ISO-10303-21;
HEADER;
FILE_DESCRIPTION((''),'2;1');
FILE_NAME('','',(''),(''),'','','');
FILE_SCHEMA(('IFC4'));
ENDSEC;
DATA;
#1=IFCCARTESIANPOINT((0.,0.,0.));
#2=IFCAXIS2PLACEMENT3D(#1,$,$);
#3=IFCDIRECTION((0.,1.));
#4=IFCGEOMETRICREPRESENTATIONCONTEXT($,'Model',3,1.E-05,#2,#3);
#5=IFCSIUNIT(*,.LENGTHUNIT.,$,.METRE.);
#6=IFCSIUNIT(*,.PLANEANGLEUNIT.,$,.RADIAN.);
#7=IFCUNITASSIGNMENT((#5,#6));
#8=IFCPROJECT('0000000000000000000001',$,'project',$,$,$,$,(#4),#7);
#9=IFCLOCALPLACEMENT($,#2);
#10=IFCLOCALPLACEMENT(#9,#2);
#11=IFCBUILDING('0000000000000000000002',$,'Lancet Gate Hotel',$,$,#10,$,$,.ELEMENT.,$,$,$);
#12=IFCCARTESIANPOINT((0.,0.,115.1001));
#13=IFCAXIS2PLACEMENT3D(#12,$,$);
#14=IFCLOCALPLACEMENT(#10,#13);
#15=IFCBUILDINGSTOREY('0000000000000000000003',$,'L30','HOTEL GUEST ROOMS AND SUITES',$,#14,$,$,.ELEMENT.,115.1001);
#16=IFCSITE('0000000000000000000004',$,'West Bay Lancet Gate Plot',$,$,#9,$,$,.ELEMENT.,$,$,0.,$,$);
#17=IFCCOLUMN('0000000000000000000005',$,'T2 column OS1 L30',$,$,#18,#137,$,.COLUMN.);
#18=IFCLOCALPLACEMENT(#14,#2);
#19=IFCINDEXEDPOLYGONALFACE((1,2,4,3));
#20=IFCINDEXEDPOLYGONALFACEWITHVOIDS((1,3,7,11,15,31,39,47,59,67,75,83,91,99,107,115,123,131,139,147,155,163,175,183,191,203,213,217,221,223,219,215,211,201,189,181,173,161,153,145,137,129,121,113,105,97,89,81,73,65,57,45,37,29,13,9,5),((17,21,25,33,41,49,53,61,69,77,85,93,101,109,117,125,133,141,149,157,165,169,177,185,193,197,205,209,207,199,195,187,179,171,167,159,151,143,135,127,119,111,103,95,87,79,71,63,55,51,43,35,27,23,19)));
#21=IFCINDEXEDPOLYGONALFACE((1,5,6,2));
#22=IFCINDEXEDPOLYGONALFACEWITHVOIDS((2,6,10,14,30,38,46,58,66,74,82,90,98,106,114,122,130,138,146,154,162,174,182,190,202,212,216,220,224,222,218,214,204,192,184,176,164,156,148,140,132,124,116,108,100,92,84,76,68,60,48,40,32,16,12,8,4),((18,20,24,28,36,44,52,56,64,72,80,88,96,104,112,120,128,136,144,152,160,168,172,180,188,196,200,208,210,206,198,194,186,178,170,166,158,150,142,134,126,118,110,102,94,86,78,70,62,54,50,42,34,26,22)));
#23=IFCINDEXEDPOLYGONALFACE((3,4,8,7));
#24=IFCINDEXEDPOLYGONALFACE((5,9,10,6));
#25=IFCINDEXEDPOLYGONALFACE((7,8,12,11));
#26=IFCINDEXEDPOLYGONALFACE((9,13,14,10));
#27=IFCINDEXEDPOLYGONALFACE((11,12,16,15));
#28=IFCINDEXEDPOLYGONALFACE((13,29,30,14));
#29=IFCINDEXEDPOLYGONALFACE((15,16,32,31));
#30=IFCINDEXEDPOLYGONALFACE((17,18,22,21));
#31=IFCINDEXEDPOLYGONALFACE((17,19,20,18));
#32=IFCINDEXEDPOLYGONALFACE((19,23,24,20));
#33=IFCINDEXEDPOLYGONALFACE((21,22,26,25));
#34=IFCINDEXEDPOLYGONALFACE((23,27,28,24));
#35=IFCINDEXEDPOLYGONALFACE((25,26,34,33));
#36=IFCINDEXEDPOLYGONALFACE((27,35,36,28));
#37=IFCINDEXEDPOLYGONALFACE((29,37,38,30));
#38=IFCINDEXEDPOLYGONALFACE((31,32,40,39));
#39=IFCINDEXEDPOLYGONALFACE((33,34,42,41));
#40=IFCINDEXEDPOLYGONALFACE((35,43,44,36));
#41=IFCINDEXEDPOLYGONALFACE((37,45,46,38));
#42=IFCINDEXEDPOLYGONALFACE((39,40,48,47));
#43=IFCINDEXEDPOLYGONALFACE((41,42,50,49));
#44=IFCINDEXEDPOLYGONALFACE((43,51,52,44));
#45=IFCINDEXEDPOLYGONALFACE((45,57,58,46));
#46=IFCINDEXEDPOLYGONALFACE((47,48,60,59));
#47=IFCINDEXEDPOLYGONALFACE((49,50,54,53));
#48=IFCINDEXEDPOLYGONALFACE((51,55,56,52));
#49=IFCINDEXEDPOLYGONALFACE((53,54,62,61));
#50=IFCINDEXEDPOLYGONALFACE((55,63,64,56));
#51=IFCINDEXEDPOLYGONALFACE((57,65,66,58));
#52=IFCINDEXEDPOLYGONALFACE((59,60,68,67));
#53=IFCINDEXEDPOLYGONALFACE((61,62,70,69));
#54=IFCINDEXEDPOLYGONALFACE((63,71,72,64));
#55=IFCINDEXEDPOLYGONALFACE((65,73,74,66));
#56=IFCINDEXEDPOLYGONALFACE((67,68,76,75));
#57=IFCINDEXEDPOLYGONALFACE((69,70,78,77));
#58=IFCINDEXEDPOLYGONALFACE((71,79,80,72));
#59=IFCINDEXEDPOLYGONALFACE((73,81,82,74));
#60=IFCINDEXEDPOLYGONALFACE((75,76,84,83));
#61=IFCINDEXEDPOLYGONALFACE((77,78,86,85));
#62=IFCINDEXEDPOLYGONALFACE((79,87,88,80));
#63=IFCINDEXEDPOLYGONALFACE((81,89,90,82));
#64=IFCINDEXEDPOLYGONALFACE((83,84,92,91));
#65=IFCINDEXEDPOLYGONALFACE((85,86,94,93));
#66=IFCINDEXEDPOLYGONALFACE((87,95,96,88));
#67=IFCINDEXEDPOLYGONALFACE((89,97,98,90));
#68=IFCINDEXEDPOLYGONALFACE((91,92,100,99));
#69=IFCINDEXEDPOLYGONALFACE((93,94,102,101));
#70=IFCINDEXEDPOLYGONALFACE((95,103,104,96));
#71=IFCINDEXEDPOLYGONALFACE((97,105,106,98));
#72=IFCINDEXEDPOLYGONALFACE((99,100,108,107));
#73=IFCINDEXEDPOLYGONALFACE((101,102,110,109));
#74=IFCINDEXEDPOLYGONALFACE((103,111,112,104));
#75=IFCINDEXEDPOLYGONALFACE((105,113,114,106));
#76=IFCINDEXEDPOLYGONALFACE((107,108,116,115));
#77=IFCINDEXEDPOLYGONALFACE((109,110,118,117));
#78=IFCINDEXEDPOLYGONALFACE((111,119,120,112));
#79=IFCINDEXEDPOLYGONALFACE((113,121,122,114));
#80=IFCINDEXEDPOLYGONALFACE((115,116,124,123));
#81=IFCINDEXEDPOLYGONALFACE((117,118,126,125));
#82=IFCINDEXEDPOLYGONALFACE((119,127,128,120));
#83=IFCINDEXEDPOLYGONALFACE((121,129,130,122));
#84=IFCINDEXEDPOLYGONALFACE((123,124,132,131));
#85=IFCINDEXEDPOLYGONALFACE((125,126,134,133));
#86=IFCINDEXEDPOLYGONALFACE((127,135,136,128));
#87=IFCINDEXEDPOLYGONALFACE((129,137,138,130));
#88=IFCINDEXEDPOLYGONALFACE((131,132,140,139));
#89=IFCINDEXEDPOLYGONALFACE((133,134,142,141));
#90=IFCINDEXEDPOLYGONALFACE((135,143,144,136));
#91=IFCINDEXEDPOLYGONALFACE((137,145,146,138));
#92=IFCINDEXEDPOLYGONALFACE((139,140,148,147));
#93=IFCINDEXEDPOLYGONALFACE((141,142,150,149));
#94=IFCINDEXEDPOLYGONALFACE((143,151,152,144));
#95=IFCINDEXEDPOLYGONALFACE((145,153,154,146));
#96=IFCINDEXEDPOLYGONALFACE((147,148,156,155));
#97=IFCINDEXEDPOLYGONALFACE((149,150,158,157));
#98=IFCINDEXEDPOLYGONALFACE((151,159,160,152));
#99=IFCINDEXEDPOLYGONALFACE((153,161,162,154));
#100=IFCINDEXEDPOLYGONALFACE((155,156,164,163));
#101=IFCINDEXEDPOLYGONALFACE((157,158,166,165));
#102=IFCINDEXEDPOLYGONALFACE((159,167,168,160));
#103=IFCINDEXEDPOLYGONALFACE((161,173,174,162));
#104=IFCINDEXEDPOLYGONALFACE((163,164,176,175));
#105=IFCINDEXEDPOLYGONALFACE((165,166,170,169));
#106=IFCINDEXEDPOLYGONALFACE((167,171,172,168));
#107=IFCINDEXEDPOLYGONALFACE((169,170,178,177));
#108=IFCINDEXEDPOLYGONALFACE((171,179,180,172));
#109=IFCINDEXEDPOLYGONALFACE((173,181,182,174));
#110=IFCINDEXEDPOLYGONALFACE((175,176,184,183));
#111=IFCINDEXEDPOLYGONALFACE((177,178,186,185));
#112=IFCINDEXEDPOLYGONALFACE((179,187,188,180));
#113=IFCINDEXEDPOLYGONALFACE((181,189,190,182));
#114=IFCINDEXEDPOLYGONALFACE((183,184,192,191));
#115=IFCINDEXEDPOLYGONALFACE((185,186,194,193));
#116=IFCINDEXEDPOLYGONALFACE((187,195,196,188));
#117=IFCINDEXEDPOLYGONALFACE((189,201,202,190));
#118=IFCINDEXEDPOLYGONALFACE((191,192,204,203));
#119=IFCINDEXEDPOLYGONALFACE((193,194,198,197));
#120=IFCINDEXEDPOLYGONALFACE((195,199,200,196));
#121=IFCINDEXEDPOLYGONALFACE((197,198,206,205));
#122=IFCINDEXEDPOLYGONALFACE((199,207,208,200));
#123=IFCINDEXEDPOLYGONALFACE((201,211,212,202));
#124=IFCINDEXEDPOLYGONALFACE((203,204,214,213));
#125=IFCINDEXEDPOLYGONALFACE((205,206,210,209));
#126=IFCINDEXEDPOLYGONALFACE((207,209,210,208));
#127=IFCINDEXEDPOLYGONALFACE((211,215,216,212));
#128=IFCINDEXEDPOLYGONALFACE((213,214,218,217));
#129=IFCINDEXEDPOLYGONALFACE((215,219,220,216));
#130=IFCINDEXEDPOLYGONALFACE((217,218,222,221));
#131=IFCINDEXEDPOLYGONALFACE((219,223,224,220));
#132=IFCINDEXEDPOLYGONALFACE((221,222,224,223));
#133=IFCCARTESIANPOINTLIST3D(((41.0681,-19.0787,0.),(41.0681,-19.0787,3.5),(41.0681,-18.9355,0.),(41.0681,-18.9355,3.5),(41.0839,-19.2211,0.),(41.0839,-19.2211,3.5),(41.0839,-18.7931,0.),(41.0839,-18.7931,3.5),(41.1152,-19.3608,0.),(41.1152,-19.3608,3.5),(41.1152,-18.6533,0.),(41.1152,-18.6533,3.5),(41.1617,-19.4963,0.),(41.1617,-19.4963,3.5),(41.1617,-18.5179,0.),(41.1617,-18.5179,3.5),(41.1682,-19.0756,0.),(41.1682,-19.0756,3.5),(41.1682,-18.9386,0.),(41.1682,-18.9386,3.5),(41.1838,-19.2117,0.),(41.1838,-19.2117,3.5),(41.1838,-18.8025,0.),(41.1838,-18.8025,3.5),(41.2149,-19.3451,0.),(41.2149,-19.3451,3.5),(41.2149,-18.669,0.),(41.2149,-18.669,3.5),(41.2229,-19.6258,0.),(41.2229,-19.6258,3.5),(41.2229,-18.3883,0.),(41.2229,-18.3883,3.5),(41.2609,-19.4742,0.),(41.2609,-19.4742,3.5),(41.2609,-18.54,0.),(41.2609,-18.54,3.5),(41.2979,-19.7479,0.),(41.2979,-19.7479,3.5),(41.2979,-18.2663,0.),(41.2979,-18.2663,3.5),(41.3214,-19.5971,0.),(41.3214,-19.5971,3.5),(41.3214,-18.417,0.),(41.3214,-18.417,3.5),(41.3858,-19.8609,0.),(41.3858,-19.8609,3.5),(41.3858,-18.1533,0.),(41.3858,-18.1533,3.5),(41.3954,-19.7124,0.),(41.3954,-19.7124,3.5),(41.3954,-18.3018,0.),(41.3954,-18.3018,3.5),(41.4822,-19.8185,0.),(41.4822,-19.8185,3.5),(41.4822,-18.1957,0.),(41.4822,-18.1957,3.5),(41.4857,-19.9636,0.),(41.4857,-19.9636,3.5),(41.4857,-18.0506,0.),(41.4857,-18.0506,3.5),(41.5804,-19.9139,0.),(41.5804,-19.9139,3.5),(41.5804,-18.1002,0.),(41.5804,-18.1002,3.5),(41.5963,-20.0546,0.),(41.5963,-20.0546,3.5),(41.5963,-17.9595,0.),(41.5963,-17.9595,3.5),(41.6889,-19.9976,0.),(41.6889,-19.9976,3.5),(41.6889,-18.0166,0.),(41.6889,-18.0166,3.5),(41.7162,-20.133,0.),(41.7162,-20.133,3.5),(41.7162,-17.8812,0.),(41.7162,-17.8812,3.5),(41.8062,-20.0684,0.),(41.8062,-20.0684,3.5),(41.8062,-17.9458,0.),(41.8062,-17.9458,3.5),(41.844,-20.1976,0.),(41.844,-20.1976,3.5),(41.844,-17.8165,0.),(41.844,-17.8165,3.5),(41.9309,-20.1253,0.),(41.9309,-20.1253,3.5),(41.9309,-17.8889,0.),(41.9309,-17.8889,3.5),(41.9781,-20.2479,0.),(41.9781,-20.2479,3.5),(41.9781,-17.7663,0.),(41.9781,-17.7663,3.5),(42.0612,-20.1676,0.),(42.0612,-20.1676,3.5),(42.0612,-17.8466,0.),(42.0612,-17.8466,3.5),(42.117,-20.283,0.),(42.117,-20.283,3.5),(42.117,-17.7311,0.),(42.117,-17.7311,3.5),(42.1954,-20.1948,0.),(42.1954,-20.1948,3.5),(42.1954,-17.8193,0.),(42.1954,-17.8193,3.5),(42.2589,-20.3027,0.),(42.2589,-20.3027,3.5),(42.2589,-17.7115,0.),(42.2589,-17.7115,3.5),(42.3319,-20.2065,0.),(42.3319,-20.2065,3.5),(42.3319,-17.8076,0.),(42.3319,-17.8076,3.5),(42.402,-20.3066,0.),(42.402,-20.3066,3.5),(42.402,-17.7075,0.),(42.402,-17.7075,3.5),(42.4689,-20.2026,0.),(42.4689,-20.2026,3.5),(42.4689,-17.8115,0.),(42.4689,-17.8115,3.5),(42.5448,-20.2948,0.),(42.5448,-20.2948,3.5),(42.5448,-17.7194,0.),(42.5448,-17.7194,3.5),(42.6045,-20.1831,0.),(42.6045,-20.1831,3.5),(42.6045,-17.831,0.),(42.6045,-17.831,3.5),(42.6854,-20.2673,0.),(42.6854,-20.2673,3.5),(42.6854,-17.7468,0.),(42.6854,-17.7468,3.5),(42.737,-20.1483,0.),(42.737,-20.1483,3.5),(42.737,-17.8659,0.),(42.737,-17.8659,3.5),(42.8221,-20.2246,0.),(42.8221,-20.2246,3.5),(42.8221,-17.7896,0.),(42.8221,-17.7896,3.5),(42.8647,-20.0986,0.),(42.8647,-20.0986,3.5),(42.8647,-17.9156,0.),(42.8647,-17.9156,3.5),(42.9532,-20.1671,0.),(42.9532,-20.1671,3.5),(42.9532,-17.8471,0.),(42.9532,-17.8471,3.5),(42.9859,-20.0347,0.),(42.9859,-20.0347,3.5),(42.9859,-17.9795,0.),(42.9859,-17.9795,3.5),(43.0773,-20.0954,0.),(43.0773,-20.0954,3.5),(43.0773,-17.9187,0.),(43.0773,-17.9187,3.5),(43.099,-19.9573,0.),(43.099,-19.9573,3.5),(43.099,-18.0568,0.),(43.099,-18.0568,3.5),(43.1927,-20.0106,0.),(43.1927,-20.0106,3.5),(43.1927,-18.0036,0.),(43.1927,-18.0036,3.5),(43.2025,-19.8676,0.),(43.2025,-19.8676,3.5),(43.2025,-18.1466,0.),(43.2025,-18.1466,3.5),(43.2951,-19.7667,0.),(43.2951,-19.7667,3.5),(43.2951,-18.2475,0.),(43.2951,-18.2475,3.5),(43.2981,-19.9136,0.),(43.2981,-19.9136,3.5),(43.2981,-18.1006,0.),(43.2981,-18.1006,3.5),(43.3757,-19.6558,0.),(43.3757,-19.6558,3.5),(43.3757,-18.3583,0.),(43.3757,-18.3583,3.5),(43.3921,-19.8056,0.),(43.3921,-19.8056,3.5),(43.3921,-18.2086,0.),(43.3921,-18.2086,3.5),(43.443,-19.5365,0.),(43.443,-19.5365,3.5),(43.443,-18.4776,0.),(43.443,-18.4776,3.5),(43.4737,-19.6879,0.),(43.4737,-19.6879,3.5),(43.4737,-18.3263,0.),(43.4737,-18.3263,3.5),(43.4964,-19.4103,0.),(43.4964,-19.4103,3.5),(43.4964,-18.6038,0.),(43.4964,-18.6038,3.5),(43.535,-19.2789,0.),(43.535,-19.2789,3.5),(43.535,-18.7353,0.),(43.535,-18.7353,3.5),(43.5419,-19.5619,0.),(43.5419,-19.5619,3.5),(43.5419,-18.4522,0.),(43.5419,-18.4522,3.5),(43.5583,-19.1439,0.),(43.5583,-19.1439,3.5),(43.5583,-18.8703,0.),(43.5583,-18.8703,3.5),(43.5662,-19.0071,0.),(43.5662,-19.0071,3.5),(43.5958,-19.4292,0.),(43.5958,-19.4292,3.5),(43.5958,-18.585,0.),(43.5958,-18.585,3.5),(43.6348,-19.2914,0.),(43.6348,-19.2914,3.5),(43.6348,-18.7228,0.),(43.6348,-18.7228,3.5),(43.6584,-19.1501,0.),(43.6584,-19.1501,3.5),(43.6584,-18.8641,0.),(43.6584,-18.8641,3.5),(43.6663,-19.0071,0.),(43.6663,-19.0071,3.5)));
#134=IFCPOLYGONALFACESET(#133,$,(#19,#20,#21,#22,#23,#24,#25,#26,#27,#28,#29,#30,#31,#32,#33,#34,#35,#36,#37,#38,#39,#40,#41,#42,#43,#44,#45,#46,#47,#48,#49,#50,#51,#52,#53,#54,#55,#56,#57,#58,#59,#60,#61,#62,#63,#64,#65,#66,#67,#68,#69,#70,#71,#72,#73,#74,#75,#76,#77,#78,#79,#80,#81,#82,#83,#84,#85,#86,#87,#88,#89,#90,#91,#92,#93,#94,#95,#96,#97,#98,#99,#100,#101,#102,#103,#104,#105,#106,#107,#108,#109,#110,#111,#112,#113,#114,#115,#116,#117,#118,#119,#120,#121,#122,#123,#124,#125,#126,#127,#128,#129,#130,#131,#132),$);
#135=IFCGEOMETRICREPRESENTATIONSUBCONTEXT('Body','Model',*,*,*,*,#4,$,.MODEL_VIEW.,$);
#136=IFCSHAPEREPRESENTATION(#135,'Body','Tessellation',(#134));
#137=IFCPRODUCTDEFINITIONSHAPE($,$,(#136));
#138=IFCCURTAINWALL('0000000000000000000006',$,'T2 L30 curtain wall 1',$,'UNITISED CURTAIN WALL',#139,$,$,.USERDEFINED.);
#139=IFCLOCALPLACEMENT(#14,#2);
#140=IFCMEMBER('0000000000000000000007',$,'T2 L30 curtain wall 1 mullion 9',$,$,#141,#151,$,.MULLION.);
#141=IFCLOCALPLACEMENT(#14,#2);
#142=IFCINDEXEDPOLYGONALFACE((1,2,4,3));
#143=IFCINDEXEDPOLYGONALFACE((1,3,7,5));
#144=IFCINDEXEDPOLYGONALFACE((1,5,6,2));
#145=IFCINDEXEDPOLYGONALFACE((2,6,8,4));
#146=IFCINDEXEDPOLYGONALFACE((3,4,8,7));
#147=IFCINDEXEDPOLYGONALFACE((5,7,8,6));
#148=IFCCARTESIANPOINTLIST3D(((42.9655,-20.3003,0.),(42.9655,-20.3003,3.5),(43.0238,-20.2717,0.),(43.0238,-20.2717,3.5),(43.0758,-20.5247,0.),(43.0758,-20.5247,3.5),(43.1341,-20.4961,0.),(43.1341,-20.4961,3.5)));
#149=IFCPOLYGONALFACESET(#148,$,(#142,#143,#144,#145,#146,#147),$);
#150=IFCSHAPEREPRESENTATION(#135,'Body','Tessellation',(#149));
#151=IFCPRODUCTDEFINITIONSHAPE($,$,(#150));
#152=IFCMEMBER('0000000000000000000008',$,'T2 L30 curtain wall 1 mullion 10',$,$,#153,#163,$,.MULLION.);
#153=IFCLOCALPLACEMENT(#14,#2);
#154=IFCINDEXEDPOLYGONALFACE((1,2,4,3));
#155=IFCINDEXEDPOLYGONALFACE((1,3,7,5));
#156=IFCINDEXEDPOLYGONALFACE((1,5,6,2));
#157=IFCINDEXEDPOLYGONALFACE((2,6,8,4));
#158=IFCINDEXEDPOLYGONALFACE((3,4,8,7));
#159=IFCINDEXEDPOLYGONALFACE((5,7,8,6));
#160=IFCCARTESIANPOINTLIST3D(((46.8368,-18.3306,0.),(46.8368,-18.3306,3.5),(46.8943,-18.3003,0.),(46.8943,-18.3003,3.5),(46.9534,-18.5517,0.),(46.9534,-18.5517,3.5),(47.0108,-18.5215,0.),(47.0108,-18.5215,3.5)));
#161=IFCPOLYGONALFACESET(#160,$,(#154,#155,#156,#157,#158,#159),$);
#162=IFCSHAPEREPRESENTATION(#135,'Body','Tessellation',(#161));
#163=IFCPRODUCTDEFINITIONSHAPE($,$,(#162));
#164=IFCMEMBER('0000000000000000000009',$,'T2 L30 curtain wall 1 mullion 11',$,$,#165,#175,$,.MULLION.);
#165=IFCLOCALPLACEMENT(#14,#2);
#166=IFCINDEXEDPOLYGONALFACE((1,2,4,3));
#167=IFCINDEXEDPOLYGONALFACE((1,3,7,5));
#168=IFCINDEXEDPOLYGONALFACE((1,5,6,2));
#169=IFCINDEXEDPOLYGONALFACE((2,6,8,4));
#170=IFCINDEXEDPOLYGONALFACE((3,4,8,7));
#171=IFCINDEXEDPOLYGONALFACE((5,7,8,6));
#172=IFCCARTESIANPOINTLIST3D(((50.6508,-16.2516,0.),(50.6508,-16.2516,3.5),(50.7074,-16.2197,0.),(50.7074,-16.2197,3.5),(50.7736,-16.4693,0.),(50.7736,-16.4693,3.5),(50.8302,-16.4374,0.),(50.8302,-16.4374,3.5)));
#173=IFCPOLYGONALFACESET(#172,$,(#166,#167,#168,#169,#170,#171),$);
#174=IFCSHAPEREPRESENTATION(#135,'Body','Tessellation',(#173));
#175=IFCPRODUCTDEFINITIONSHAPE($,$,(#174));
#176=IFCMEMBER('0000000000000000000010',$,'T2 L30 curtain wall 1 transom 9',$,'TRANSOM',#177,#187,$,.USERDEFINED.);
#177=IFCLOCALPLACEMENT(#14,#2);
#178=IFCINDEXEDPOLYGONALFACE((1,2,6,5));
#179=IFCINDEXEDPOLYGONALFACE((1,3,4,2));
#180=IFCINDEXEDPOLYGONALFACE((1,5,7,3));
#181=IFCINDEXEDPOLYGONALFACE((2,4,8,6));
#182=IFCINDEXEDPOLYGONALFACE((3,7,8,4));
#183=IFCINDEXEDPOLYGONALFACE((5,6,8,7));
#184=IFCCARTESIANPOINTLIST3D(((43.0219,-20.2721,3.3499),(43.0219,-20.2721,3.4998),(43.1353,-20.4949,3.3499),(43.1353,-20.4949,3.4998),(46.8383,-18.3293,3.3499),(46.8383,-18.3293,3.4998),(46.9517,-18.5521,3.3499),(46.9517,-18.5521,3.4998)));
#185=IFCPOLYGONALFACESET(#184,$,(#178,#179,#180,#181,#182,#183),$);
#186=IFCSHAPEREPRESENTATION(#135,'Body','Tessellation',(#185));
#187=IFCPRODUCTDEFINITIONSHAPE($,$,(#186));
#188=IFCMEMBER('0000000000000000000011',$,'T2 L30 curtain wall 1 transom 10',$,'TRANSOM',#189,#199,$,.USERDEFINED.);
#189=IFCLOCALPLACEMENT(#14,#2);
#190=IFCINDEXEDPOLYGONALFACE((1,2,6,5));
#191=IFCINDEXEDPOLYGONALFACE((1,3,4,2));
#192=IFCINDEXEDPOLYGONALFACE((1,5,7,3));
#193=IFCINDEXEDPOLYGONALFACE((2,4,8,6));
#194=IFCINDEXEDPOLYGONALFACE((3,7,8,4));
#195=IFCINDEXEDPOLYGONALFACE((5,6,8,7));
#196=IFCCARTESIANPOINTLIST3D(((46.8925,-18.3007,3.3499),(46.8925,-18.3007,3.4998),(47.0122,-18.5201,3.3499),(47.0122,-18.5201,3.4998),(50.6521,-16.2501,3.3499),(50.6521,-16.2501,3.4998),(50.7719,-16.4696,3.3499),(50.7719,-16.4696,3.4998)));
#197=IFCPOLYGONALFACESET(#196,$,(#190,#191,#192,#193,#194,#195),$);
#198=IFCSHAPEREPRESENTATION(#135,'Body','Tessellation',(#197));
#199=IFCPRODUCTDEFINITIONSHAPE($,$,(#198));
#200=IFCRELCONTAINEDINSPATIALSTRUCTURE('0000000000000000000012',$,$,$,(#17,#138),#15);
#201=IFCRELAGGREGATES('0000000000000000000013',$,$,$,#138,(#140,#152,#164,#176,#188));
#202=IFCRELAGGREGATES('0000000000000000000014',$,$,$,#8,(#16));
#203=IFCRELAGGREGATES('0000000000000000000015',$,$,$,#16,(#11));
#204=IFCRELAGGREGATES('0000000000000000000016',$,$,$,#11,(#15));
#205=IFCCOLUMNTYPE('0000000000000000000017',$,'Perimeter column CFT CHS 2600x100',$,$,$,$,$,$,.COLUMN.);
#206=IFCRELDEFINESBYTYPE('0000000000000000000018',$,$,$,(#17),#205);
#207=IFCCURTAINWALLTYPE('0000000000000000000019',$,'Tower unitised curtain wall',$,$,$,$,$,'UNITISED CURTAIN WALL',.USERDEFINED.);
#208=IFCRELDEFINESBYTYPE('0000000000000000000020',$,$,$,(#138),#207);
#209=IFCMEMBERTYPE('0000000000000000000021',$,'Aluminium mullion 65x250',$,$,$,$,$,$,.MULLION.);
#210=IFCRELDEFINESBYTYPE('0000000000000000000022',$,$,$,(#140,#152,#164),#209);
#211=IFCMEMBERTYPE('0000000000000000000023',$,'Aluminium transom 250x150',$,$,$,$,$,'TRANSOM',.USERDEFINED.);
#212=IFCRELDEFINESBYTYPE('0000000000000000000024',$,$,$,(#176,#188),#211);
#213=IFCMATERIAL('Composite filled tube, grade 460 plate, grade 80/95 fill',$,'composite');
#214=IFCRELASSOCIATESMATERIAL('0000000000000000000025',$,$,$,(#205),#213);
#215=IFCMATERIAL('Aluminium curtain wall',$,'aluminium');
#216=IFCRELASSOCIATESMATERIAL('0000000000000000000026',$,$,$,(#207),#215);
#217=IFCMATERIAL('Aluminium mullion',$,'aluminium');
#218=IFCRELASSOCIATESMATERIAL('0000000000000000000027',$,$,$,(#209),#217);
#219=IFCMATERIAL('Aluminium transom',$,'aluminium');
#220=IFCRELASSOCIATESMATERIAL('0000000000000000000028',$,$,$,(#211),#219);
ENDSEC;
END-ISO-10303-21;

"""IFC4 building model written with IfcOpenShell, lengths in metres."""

from ifc_helpers import new_model, si_unit, direction, frame, origin, origin_2d, place, context, subcontext, project, spatial, rectangle, hollow_circle, extrude, material, material_profile, profile_set, type_object, element, aggregate, save


model = new_model("IFC4")

# Units and contexts
model_context = context("Model", 3, precision=1e-05, world=origin(), true_north=direction((0.0, 1.0)))
body_context = subcontext(model_context, "Body", "Model", "MODEL_VIEW")
ifc_project = project(units=[si_unit("LENGTHUNIT", "METRE"), si_unit("PLANEANGLEUNIT", "RADIAN")], contexts=[model_context])

# Site, building, storey
site_placement = place(None, origin())
site = spatial("IfcSite", under=ifc_project, at=site_placement, Name="West Bay Lancet Gate Plot", CompositionType="ELEMENT", RefElevation=0.0)
building_placement = place(site_placement, origin())
building = spatial("IfcBuilding", under=site, at=building_placement, Name="Lancet Gate Hotel", CompositionType="ELEMENT")
storey_placement = place(building_placement, frame((0.0, 0.0, 115.1001)))
storey = spatial("IfcBuildingStorey", under=building, at=storey_placement, Name="L30", Description="HOTEL GUEST ROOMS AND SUITES", CompositionType="ELEMENT", Elevation=115.1001)

# Column
ifc_material_1 = material(Name="Composite filled tube, grade 460 plate, grade 80/95 fill", Category="composite")
ifc_material_profile_1 = material_profile(ifc_material_1, hollow_circle(Radius=1.3, WallThickness=0.1001, at=origin_2d()), Name="CHS 2600x100")
ifc_profile_set_1 = profile_set([ifc_material_profile_1], Name="Composite filled tube, grade 460 plate, grade 80/95 fill")
column_type = type_object("IfcColumnType", Name="Perimeter column CFT CHS 2600x100", PredefinedType="COLUMN", material=ifc_profile_set_1)
column_placement = place(storey_placement, frame((42.3662, -19.0071, 0.0), z_axis=(0.0, 0.0, 1.0), x_axis=(1.0, 0.0, 0.0)))
element("IfcColumn", 1, at=column_placement, inside=storey, type_object=column_type, Name="T2 column OS1 L30", PredefinedType="COLUMN", context=body_context, shape_type="SweptSolid", body=[
    extrude(hollow_circle(Radius=1.3, WallThickness=0.1001, at=origin_2d()), origin(), (0.0, 0.0, 1.0), 3.5),
])

# Curtain wall, members
ifc_material_2 = material(Name="Aluminium curtain wall", Category="aluminium")
curtain_wall_type = type_object("IfcCurtainWallType", Name="Tower unitised curtain wall", ElementType="UNITISED CURTAIN WALL", PredefinedType="USERDEFINED", material=ifc_material_2)
curtain_wall_placement = place(storey_placement, origin())
curtain_wall = element("IfcCurtainWall", 2, at=curtain_wall_placement, inside=storey, type_object=curtain_wall_type, Name="T2 L30 curtain wall 1", ObjectType="UNITISED CURTAIN WALL", PredefinedType="USERDEFINED")
ifc_material_3 = material(Name="Aluminium mullion", Category="aluminium")
ifc_material_profile_2 = material_profile(ifc_material_3, rectangle(XDim=0.0649, YDim=0.25, at=origin_2d()), Name="MULLION 65x250")
ifc_profile_set_2 = profile_set([ifc_material_profile_2], Name="Aluminium mullion")
member_type_1 = type_object("IfcMemberType", Name="Aluminium mullion 65x250", PredefinedType="MULLION", material=ifc_profile_set_2)
member_1_placement = place(storey_placement, frame((43.0498, -20.3982, 0.0), z_axis=(0.0, 0.0, 1.0), x_axis=(0.897512, 0.44099, 0.0)))
member_1 = element("IfcMember", 3, at=member_1_placement, type_object=member_type_1, Name="T2 L30 curtain wall 1 mullion 9", PredefinedType="MULLION", context=body_context, shape_type="SweptSolid", body=[
    extrude(rectangle(XDim=0.0649, YDim=0.25, at=origin_2d()), origin(), (0.0, 0.0, 1.0), 3.5),
])
member_2_placement = place(storey_placement, frame((46.9238, -18.426, 0.0), z_axis=(0.0, 0.0, 1.0), x_axis=(0.884627, 0.466299, 0.0)))
member_2 = element("IfcMember", 4, at=member_2_placement, type_object=member_type_1, Name="T2 L30 curtain wall 1 mullion 10", PredefinedType="MULLION", context=body_context, shape_type="SweptSolid", body=[
    extrude(rectangle(XDim=0.0649, YDim=0.25, at=origin_2d()), origin(), (0.0, 0.0, 1.0), 3.5),
])
member_3_placement = place(storey_placement, frame((50.7405, -16.3445, 0.0), z_axis=(0.0, 0.0, 1.0), x_axis=(0.871029, 0.491232, 0.0)))
member_3 = element("IfcMember", 5, at=member_3_placement, type_object=member_type_1, Name="T2 L30 curtain wall 1 mullion 11", PredefinedType="MULLION", context=body_context, shape_type="SweptSolid", body=[
    extrude(rectangle(XDim=0.0649, YDim=0.25, at=origin_2d()), origin(), (0.0, 0.0, 1.0), 3.5),
])
ifc_material_4 = material(Name="Aluminium transom", Category="aluminium")
ifc_material_profile_3 = material_profile(ifc_material_4, rectangle(XDim=0.25, YDim=0.1499, at=origin_2d()), Name="TRANSOM 250x150")
ifc_profile_set_3 = profile_set([ifc_material_profile_3], Name="Aluminium transom")
member_type_2 = type_object("IfcMemberType", Name="Aluminium transom 250x150", ElementType="TRANSOM", PredefinedType="USERDEFINED", material=ifc_profile_set_3)
member_4_placement = place(storey_placement, frame((43.0786, -20.3835, 3.4248), z_axis=(0.891166, 0.453678, 0.0), x_axis=(-0.453678, 0.891166, 0.0)))
member_4 = element("IfcMember", 6, at=member_4_placement, type_object=member_type_2, Name="T2 L30 curtain wall 1 transom 9", ObjectType="TRANSOM", PredefinedType="USERDEFINED", context=body_context, shape_type="SweptSolid", body=[
    extrude(rectangle(XDim=0.25, YDim=0.1499, at=origin_2d()), origin(), (0.0, 0.0, 1.0), 4.2825),
])
member_5_placement = place(storey_placement, frame((46.9524, -18.4104, 3.4248), z_axis=(0.877906, 0.478832, 0.0), x_axis=(-0.478832, 0.877906, 0.0)))
member_5 = element("IfcMember", 7, at=member_5_placement, type_object=member_type_2, Name="T2 L30 curtain wall 1 transom 10", ObjectType="TRANSOM", PredefinedType="USERDEFINED", context=body_context, shape_type="SweptSolid", body=[
    extrude(rectangle(XDim=0.25, YDim=0.1499, at=origin_2d()), origin(), (0.0, 0.0, 1.0), 4.2825),
])

aggregate(curtain_wall, [member_1, member_2, member_3, member_4, member_5])

save(model, "model.ifc")
